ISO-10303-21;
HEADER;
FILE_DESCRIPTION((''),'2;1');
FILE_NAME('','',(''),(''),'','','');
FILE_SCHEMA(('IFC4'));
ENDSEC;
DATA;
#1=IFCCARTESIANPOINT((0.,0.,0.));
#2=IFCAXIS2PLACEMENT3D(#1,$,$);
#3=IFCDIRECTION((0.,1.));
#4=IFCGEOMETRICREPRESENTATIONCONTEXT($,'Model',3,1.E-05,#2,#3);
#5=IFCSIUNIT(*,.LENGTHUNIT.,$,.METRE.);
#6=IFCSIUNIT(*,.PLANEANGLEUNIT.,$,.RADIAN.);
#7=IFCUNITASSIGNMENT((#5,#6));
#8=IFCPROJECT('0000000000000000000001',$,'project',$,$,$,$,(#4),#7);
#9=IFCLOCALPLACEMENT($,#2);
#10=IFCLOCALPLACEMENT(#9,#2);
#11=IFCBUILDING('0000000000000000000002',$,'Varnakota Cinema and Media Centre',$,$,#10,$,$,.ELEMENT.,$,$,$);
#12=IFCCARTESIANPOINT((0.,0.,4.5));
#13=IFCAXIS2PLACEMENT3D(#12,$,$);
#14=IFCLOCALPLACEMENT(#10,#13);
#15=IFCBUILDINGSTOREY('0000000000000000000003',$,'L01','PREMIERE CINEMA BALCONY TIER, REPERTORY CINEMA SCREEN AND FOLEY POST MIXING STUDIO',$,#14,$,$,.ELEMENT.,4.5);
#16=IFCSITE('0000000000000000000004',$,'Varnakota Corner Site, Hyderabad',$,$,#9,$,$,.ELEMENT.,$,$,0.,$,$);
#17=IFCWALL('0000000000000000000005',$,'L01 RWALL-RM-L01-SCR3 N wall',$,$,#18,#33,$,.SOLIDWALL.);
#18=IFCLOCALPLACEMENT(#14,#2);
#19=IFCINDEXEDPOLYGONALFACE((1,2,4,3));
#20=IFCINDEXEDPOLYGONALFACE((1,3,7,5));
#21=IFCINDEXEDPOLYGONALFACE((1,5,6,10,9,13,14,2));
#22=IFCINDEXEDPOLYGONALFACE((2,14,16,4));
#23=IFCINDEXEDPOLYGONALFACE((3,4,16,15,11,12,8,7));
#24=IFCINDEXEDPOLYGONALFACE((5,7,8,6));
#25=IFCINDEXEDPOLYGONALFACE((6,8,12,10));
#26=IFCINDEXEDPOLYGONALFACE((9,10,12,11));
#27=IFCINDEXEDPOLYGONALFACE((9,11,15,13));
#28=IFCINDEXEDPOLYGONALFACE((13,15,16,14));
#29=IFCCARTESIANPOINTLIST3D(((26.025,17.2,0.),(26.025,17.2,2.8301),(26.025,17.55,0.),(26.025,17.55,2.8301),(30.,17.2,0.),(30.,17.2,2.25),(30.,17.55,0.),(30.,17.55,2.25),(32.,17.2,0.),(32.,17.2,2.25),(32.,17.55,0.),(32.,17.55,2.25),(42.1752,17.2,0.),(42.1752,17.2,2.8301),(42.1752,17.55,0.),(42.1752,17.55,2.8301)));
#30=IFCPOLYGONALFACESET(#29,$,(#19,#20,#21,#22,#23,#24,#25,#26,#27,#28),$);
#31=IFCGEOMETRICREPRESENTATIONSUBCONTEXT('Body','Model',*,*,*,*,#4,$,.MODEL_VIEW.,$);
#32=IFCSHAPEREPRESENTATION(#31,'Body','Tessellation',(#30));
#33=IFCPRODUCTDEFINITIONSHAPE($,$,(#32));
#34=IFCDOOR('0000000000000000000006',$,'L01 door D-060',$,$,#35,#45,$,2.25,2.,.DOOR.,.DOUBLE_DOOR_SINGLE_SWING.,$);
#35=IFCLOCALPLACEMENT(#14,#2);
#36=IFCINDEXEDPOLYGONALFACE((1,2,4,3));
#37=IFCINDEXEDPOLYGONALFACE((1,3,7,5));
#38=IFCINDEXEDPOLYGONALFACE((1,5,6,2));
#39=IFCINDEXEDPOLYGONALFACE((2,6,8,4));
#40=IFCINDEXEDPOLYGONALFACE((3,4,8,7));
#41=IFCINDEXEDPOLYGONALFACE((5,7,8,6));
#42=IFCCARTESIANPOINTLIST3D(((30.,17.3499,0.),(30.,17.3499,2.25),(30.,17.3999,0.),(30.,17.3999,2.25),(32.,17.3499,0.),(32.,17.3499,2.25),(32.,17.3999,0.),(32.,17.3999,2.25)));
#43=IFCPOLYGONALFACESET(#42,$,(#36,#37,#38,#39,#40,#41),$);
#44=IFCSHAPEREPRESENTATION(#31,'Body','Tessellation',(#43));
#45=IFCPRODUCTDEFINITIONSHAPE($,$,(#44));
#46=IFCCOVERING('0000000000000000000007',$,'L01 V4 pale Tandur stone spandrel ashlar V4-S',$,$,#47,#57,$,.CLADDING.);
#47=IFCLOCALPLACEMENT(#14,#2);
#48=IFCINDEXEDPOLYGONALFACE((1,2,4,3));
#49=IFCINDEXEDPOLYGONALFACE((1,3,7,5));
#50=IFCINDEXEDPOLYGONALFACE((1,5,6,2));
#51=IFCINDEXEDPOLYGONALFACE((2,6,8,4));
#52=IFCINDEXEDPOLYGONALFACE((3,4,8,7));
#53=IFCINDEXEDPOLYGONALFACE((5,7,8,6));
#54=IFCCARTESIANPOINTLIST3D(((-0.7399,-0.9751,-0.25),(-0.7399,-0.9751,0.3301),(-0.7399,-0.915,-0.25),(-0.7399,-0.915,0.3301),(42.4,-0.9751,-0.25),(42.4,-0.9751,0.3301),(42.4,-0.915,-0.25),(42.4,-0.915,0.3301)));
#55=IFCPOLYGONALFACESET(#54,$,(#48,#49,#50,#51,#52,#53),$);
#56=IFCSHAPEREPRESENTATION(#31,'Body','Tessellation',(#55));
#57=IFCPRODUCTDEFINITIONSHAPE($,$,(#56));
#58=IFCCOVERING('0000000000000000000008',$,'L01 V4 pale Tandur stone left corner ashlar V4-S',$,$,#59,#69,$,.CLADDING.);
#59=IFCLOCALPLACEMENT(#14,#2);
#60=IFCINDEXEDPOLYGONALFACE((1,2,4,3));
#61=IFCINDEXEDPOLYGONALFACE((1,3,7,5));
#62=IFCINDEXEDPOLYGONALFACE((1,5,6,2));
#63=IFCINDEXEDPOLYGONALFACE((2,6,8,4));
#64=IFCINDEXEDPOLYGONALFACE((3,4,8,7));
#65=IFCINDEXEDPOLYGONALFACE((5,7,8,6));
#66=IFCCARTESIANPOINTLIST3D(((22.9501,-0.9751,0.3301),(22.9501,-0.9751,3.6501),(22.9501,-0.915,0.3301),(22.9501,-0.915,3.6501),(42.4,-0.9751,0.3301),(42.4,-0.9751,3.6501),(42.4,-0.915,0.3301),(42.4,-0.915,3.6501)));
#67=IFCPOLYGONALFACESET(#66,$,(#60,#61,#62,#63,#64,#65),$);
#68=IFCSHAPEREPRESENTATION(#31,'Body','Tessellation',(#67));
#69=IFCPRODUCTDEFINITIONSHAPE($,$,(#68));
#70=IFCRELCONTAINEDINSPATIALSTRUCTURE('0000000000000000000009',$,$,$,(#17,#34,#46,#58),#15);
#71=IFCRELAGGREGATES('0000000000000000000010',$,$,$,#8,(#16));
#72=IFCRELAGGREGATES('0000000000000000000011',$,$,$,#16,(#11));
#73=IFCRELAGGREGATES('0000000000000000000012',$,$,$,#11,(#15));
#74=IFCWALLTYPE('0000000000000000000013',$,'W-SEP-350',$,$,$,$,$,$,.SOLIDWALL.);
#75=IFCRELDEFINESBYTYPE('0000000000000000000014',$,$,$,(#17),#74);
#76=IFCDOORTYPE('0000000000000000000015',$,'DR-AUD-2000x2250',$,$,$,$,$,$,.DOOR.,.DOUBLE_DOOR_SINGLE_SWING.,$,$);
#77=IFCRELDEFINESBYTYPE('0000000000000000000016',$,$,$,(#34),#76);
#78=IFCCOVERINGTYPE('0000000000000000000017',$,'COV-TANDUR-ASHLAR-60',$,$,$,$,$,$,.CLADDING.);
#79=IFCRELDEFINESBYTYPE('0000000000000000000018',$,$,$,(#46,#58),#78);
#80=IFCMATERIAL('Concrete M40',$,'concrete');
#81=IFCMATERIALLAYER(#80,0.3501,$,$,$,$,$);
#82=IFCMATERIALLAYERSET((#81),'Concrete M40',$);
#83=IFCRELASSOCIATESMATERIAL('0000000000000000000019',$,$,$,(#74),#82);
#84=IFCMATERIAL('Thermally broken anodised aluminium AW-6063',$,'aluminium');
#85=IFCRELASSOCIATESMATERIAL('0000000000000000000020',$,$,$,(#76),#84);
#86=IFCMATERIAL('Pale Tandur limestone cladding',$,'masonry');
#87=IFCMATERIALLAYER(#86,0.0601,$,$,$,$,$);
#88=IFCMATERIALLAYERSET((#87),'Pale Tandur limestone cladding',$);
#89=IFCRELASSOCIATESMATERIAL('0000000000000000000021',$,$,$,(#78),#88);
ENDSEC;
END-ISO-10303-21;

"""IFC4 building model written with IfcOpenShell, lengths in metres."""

from ifc_helpers import new_model, si_unit, direction, frame, frame_2d, origin, origin_2d, place, context, subcontext, project, spatial, rectangle, extrude, material, layer, layer_set, type_object, element, fill, save


model = new_model("IFC4")

# Units and contexts
model_context = context("Model", 3, precision=1e-05, world=origin(), true_north=direction((0.0, 1.0)))
body_context = subcontext(model_context, "Body", "Model", "MODEL_VIEW")
ifc_project = project(units=[si_unit("LENGTHUNIT", "METRE"), si_unit("PLANEANGLEUNIT", "RADIAN")], contexts=[model_context])

# Site, building, storey
site_placement = place(None, origin())
site = spatial("IfcSite", under=ifc_project, at=site_placement, Name="Varnakota Corner Site, Hyderabad", CompositionType="ELEMENT", RefElevation=0.0)
building_placement = place(site_placement, origin())
building = spatial("IfcBuilding", under=site, at=building_placement, Name="Varnakota Cinema and Media Centre", CompositionType="ELEMENT")
storey_placement = place(building_placement, frame((0.0, 0.0, 4.5)))
storey = spatial("IfcBuildingStorey", under=building, at=storey_placement, Name="L01", Description="PREMIERE CINEMA BALCONY TIER, REPERTORY CINEMA SCREEN AND FOLEY POST MIXING STUDIO", CompositionType="ELEMENT", Elevation=4.5)

# Shared definitions
ifc_material_1 = material(Name="Concrete M40", Category="concrete")
ifc_layer_1 = layer(ifc_material_1, 0.3501)
ifc_layer_set_1 = layer_set([ifc_layer_1], Name="Concrete M40")
wall_type = type_object("IfcWallType", Name="W-SEP-350", PredefinedType="SOLIDWALL", material=ifc_layer_set_1)

# Wall, opening, door
wall_1_placement = place(storey_placement, frame((26.0249, 17.375, 0.0), z_axis=(0.0, 0.0, 1.0), x_axis=(1.0, 0.0, 0.0)))
wall_1 = element("IfcWall", 1, at=wall_1_placement, inside=storey, type_object=wall_type, Name="L01 RWALL-RM-L01-SCR3 N wall", PredefinedType="SOLIDWALL", context=body_context, shape_type="SweptSolid", body=[
    extrude(rectangle(XDim=16.1501, YDim=0.3501, at=frame_2d((8.0752, 0.0))), origin(), (0.0, 0.0, 1.0), 2.8301),
])
opening_placement = place(wall_1_placement, frame((3.9751, 0.0, 0.0)))
opening = element("IfcOpeningElement", 2, at=opening_placement, cuts=wall_1, PredefinedType="OPENING", context=body_context, shape_type="SweptSolid", body=[
    extrude(rectangle(XDim=2.0, YDim=2.25, at=frame_2d((1.0, 1.125))), frame((0.0, 0.175, 0.0), z_axis=(0.0, -1.0, 0.0), x_axis=(1.0, 0.0, 0.0)), (0.0, 0.0, 1.0), 0.3501),
])
ifc_material_2 = material(Name="Thermally broken anodised aluminium AW-6063", Category="aluminium")
door_type = type_object("IfcDoorType", Name="DR-AUD-2000x2250", OperationType="DOUBLE_DOOR_SINGLE_SWING", PredefinedType="DOOR", material=ifc_material_2)
door_placement = place(opening_placement, origin())
door = element("IfcDoor", 3, at=door_placement, inside=storey, type_object=door_type, Name="L01 door D-060", OperationType="DOUBLE_DOOR_SINGLE_SWING", OverallHeight=2.25, OverallWidth=2.0, PredefinedType="DOOR", context=body_context, shape_type="SweptSolid", body=[
    extrude(rectangle(XDim=2.0, YDim=2.25, at=frame_2d((1.0, 1.125))), frame((0.0, 0.0249, 0.0), z_axis=(0.0, -1.0, 0.0), x_axis=(1.0, 0.0, 0.0)), (0.0, 0.0, 1.0), 0.05),
])
fill(opening, door)

# Coverings
ifc_material_3 = material(Name="Pale Tandur limestone cladding", Category="masonry")
ifc_layer_2 = layer(ifc_material_3, 0.0601)
ifc_layer_set_2 = layer_set([ifc_layer_2], Name="Pale Tandur limestone cladding")
covering_type = type_object("IfcCoveringType", Name="COV-TANDUR-ASHLAR-60", PredefinedType="CLADDING", material=ifc_layer_set_2)
covering_1_placement = place(storey_placement, frame((20.8301, -0.9451, -0.25), z_axis=(0.0, 0.0, 1.0), x_axis=(-1.0, 0.0, 0.0)))
element("IfcCovering", 4, at=covering_1_placement, inside=storey, type_object=covering_type, Name="L01 V4 pale Tandur stone spandrel ashlar V4-S", PredefinedType="CLADDING", context=body_context, shape_type="SweptSolid", body=[
    extrude(rectangle(XDim=43.1399, YDim=0.0601, at=origin_2d()), origin(), (0.0, 0.0, 1.0), 0.5801),
])
covering_2_placement = place(storey_placement, frame((32.675, -0.9451, 0.3301), z_axis=(0.0, 0.0, 1.0), x_axis=(-1.0, 0.0, 0.0)))
element("IfcCovering", 5, at=covering_2_placement, inside=storey, type_object=covering_type, Name="L01 V4 pale Tandur stone left corner ashlar V4-S", PredefinedType="CLADDING", context=body_context, shape_type="SweptSolid", body=[
    extrude(rectangle(XDim=19.45, YDim=0.0601, at=origin_2d()), origin(), (0.0, 0.0, 1.0), 3.3201),
])

save(model, "model.ifc")
